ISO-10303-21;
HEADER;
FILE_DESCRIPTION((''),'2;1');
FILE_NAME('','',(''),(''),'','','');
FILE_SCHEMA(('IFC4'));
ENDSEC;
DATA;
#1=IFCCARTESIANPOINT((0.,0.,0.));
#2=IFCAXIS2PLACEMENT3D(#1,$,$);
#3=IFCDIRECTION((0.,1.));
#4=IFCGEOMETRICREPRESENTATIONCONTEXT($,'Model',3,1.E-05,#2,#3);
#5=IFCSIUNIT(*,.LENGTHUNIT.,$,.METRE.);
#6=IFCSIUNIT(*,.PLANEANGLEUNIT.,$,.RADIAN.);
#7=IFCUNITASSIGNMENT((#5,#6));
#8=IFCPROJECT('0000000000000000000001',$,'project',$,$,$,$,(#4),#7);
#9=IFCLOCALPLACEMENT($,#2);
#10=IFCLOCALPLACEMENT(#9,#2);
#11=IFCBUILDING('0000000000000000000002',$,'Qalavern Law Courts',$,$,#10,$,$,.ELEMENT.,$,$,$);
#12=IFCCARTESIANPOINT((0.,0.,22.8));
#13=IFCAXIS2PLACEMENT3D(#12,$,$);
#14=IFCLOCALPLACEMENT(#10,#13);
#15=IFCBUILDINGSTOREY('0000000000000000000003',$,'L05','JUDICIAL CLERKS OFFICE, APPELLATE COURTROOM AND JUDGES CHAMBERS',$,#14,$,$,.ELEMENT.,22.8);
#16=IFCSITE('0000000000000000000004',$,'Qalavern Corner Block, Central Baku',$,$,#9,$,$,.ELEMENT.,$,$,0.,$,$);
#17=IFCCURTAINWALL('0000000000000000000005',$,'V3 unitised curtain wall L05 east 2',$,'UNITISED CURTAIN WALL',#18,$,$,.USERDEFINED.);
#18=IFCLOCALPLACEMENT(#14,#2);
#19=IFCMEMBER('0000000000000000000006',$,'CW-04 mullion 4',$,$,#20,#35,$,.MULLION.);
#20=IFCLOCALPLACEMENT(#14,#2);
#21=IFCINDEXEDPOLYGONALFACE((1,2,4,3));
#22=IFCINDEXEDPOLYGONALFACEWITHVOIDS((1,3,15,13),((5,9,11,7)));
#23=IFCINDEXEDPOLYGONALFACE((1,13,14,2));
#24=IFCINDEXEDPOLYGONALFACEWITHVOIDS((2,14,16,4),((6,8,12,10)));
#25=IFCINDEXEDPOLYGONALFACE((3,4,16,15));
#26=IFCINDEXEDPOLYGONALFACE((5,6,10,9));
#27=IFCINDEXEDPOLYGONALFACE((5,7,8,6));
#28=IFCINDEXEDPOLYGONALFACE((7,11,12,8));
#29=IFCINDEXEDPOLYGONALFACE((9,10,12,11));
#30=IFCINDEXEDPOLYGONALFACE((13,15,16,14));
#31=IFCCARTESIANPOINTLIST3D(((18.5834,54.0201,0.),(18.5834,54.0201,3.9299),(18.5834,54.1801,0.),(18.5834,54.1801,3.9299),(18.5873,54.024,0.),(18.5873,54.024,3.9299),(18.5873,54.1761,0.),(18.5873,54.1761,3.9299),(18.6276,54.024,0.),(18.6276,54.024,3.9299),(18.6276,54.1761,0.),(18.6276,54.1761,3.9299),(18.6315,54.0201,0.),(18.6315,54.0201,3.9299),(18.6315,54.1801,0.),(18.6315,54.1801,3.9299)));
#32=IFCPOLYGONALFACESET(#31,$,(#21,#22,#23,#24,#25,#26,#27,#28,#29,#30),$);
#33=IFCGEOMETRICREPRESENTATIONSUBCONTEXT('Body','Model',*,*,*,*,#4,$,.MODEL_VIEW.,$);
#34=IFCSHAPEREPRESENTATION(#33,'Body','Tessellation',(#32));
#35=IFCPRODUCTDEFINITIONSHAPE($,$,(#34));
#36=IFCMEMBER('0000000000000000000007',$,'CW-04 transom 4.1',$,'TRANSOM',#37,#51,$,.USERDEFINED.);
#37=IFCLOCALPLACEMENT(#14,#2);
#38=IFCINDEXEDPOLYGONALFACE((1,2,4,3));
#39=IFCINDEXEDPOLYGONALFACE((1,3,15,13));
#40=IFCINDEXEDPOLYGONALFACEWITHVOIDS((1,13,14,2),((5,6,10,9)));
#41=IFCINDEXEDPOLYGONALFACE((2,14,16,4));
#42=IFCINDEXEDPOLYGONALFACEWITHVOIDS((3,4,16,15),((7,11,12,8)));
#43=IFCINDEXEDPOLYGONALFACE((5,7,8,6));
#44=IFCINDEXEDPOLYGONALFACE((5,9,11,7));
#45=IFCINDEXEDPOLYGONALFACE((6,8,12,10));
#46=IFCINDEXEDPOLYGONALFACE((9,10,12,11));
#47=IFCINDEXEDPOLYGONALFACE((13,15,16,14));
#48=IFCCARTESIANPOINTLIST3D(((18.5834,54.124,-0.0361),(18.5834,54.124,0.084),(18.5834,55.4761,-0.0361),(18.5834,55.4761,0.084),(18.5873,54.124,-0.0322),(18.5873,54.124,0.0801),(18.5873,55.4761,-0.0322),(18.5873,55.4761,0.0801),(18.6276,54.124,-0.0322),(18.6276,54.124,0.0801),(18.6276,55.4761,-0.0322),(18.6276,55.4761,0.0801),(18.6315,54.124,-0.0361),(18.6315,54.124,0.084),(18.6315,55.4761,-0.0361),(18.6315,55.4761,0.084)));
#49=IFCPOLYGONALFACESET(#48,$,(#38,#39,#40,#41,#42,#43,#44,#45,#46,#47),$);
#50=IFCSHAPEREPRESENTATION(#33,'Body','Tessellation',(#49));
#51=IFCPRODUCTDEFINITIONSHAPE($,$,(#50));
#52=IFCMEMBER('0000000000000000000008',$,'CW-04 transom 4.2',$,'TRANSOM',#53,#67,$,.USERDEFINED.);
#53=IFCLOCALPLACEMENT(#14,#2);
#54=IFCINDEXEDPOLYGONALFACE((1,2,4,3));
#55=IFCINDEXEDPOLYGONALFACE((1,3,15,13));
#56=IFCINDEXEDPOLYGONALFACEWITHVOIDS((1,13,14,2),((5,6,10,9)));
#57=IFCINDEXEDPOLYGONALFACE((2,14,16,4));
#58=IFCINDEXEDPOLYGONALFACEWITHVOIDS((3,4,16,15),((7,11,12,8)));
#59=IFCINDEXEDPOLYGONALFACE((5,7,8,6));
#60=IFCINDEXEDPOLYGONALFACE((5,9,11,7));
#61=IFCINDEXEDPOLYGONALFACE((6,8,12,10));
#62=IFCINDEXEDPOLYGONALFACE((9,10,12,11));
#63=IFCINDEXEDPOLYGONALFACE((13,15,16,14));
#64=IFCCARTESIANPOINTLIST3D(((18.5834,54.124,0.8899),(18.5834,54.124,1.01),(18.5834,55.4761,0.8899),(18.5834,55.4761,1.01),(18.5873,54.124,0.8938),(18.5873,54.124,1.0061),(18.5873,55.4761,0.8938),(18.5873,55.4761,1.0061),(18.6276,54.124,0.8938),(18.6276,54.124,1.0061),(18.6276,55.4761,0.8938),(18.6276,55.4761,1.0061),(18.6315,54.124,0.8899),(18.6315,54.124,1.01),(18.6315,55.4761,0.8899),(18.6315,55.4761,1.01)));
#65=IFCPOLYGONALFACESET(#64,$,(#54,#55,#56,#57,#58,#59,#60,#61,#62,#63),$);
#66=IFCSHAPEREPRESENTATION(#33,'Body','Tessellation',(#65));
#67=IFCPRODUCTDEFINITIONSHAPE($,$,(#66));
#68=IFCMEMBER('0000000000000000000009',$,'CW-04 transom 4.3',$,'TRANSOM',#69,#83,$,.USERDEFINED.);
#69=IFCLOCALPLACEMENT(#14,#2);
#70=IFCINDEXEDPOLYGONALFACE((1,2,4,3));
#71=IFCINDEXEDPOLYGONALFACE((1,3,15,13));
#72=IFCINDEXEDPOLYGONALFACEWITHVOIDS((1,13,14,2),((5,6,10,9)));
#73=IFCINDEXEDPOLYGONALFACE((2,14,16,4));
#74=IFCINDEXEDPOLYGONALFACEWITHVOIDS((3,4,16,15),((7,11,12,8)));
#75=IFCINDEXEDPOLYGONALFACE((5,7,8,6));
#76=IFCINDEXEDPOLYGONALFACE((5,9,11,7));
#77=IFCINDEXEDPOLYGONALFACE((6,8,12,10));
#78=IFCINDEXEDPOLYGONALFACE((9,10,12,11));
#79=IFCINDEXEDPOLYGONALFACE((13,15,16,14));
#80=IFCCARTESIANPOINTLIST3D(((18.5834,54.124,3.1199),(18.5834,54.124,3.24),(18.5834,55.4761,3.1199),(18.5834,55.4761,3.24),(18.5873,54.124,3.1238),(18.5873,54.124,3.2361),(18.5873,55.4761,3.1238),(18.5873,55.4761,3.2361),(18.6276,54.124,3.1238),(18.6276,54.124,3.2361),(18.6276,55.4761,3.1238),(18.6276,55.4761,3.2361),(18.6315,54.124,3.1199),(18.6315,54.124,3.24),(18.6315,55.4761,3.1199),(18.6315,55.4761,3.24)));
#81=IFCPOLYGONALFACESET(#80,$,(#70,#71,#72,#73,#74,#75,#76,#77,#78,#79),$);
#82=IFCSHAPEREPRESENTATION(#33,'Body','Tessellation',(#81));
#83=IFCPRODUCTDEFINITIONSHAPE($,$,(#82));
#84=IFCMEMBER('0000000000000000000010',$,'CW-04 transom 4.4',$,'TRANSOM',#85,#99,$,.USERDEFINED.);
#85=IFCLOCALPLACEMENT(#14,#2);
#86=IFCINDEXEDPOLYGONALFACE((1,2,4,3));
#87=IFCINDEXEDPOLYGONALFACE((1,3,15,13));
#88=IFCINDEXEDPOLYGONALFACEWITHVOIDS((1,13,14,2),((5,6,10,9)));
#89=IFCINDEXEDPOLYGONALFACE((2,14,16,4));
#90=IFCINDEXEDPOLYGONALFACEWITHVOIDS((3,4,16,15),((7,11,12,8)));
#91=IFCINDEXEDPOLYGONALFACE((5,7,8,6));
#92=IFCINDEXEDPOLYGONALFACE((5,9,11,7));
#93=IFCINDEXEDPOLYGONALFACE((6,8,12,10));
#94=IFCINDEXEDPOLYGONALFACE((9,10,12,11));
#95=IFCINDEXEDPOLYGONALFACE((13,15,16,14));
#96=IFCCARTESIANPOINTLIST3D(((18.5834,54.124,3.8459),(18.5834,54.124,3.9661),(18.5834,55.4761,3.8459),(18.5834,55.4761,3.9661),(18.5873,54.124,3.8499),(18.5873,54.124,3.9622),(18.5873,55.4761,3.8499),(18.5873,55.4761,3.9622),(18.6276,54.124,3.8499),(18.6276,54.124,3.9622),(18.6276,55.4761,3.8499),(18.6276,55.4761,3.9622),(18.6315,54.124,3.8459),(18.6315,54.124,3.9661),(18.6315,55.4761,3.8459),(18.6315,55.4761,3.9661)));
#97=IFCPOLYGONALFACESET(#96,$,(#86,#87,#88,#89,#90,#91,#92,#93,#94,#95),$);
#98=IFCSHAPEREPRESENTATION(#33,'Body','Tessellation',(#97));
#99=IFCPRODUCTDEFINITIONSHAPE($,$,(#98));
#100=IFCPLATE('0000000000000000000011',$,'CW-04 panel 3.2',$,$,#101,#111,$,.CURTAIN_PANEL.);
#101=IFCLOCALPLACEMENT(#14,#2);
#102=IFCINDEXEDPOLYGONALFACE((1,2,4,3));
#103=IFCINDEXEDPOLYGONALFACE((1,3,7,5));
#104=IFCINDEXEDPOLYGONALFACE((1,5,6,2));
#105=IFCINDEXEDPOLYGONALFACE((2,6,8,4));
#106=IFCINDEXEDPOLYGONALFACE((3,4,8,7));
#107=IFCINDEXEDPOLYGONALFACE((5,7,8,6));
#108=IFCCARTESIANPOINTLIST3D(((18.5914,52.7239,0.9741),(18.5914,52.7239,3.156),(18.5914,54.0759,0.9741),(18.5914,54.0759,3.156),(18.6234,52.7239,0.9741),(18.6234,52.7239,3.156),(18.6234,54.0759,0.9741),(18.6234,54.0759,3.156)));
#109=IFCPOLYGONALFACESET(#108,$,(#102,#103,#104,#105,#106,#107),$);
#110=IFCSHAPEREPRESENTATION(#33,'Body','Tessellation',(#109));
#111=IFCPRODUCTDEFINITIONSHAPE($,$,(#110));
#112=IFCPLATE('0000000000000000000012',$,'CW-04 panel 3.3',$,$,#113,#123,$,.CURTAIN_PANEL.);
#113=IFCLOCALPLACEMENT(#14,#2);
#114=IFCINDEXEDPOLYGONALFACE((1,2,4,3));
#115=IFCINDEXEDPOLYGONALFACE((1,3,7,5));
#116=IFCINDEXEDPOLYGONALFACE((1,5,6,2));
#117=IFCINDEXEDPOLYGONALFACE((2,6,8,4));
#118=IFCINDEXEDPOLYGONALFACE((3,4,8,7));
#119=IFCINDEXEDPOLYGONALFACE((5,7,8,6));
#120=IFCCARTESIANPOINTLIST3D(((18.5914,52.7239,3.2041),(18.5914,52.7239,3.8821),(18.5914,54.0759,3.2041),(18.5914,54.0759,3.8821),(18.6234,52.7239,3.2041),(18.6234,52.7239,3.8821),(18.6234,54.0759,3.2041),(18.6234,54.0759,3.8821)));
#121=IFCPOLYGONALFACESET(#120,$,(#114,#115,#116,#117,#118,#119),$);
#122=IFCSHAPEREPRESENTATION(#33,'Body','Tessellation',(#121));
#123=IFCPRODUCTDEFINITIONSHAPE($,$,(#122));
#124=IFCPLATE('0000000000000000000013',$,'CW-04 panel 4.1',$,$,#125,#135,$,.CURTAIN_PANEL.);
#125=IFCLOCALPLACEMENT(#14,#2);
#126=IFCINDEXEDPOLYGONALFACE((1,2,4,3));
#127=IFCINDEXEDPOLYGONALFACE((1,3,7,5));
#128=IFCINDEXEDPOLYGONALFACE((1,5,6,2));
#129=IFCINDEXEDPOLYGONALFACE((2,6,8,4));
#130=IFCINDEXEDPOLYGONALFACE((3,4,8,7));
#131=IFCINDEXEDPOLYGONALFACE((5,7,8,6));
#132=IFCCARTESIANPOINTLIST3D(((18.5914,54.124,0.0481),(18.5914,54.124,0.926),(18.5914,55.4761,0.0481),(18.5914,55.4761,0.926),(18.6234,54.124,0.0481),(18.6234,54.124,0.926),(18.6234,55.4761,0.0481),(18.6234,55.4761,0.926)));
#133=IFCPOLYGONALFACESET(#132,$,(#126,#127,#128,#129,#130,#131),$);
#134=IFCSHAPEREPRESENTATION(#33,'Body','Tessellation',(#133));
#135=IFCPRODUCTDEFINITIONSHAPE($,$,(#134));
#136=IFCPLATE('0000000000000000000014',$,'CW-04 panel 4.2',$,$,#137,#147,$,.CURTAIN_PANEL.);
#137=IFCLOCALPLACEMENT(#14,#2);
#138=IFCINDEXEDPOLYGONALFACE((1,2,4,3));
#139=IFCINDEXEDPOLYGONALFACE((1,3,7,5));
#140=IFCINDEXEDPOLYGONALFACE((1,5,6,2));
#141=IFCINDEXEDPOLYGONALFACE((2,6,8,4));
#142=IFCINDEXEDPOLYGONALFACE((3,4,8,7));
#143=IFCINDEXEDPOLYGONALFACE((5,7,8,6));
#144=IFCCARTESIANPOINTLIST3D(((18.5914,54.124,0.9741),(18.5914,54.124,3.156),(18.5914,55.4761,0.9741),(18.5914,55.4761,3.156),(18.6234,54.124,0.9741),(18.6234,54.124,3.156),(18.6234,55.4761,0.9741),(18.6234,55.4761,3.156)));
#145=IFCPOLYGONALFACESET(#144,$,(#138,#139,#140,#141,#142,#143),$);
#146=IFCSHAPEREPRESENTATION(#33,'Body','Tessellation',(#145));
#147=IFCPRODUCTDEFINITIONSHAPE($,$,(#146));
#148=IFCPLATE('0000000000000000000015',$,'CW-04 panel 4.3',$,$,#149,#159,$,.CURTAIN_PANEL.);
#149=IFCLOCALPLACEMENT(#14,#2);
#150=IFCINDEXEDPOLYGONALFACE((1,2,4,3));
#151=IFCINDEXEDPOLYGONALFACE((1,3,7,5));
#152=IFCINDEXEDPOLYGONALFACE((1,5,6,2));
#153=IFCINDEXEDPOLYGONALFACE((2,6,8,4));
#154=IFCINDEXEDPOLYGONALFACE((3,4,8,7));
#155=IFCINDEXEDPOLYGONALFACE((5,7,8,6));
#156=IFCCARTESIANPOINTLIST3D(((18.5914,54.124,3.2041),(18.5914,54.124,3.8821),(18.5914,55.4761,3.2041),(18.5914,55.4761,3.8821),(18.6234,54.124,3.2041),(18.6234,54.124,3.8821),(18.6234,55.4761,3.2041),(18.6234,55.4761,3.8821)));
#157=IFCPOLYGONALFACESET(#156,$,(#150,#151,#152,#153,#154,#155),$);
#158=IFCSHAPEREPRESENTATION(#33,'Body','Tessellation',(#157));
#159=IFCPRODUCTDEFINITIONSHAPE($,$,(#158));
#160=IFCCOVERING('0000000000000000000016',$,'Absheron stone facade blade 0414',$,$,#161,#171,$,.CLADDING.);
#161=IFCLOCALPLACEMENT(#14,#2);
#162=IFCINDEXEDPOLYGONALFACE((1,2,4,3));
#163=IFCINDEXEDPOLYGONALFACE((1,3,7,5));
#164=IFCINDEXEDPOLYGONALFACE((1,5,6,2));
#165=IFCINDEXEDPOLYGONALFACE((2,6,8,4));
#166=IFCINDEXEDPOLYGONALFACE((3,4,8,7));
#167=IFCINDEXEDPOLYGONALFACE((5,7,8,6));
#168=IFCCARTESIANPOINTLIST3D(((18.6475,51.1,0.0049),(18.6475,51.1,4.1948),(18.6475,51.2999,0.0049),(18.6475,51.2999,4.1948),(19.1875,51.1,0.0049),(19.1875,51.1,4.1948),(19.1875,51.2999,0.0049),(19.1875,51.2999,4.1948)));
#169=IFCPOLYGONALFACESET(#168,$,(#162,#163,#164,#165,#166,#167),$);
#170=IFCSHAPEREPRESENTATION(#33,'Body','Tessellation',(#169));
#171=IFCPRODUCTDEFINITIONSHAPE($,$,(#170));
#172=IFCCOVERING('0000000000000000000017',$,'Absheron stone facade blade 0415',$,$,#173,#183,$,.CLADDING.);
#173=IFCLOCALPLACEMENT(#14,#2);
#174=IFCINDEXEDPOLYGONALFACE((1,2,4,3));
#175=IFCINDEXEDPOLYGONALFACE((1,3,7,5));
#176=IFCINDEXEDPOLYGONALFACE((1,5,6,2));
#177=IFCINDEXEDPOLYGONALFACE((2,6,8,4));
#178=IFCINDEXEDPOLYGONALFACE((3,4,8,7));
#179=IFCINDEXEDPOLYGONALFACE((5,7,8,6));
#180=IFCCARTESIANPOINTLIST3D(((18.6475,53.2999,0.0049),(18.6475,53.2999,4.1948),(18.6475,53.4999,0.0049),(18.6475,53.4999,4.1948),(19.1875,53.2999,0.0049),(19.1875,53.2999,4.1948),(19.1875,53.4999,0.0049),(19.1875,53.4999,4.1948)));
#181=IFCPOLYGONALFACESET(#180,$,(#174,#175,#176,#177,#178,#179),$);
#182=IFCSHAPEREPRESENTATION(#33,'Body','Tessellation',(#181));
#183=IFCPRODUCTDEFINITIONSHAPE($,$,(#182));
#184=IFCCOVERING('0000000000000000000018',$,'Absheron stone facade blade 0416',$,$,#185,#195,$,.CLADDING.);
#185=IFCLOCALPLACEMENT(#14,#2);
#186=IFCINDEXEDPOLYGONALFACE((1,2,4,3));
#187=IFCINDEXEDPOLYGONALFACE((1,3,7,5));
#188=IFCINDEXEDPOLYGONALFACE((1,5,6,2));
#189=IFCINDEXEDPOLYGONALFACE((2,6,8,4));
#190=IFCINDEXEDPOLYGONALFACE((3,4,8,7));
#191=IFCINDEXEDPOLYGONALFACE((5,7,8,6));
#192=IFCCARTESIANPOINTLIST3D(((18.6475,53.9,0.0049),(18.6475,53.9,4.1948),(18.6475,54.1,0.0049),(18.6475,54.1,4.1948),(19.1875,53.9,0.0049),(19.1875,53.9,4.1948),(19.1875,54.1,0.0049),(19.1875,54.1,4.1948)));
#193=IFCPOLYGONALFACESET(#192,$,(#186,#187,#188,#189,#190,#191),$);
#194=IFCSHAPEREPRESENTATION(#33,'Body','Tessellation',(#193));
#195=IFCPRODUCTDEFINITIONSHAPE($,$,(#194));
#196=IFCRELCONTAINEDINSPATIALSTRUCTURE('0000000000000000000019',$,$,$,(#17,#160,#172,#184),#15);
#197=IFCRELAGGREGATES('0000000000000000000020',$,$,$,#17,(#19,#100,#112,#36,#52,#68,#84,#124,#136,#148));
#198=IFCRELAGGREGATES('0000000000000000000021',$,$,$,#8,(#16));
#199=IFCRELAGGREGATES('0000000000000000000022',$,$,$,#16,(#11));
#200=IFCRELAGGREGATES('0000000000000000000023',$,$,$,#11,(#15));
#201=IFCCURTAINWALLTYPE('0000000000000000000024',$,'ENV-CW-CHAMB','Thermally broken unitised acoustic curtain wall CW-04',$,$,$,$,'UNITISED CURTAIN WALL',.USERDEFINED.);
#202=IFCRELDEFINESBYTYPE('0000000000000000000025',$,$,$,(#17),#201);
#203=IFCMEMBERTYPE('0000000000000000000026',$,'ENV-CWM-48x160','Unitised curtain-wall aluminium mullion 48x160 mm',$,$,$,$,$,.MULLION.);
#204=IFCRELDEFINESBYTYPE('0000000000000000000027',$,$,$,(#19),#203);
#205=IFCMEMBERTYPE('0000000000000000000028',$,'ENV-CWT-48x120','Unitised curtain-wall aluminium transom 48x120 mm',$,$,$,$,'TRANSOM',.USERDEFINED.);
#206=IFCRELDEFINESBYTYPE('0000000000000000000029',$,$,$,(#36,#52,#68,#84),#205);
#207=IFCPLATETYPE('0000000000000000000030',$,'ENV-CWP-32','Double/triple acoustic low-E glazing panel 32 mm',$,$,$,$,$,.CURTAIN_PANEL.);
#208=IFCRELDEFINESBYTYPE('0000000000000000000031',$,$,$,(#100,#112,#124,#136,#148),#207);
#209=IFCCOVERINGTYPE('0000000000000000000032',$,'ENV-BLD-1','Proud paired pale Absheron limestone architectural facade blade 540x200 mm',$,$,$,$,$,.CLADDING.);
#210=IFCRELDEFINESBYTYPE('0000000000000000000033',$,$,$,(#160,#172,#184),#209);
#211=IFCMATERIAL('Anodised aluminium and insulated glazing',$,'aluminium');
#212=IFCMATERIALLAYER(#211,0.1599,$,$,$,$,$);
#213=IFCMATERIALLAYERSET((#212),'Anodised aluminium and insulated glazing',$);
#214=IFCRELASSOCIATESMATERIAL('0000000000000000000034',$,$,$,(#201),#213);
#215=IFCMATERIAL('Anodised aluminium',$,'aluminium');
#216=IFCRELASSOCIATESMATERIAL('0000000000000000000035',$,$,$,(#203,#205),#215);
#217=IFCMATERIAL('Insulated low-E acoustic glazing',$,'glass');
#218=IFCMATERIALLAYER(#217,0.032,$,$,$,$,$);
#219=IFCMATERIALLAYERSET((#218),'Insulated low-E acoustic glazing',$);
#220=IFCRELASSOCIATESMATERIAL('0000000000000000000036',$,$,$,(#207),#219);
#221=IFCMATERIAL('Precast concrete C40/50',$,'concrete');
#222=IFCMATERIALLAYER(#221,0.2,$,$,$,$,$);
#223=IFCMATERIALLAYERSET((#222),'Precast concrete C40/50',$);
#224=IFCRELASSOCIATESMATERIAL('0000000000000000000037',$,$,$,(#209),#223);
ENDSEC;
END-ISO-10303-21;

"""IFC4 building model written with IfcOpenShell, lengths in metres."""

from ifc_helpers import new_model, si_unit, direction, frame, origin, origin_2d, place, context, subcontext, project, spatial, rectangle, hollow_rectangle, extrude, material, layer, layer_set, material_profile, profile_set, type_object, element, aggregate, save


model = new_model("IFC4")

# Units and contexts
model_context = context("Model", 3, precision=1e-05, world=origin(), true_north=direction((0.0, 1.0)))
body_context = subcontext(model_context, "Body", "Model", "MODEL_VIEW")
ifc_project = project(units=[si_unit("LENGTHUNIT", "METRE"), si_unit("PLANEANGLEUNIT", "RADIAN")], contexts=[model_context])

# Site, building, storey
site_placement = place(None, origin())
site = spatial("IfcSite", under=ifc_project, at=site_placement, Name="Qalavern Corner Block, Central Baku", CompositionType="ELEMENT", RefElevation=0.0)
building_placement = place(site_placement, origin())
building = spatial("IfcBuilding", under=site, at=building_placement, Name="Qalavern Law Courts", CompositionType="ELEMENT")
storey_placement = place(building_placement, frame((0.0, 0.0, 22.8)))
storey = spatial("IfcBuildingStorey", under=building, at=storey_placement, Name="L05", Description="JUDICIAL CLERKS OFFICE, APPELLATE COURTROOM AND JUDGES CHAMBERS", CompositionType="ELEMENT", Elevation=22.8)

# Curtain wall, members, plates
ifc_material_1 = material(Name="Anodised aluminium and insulated glazing", Category="aluminium")
ifc_layer_1 = layer(ifc_material_1, 0.1599)
ifc_layer_set_1 = layer_set([ifc_layer_1], Name="Anodised aluminium and insulated glazing")
curtain_wall_type = type_object("IfcCurtainWallType", Name="ENV-CW-CHAMB", Description="Thermally broken unitised acoustic curtain wall CW-04", ElementType="UNITISED CURTAIN WALL", PredefinedType="USERDEFINED", material=ifc_layer_set_1)
curtain_wall_placement = place(storey_placement, origin())
curtain_wall = element("IfcCurtainWall", 1, at=curtain_wall_placement, inside=storey, type_object=curtain_wall_type, Name="V3 unitised curtain wall L05 east 2", ObjectType="UNITISED CURTAIN WALL", PredefinedType="USERDEFINED")
ifc_material_2 = material(Name="Anodised aluminium", Category="aluminium")
ifc_material_profile_1 = material_profile(ifc_material_2, hollow_rectangle(XDim=0.0481, YDim=0.1599, WallThickness=0.0039, at=origin_2d()), Name="ALU MULLION 48x160")
ifc_profile_set_1 = profile_set([ifc_material_profile_1], Name="Anodised aluminium")
member_type_1 = type_object("IfcMemberType", Name="ENV-CWM-48x160", Description="Unitised curtain-wall aluminium mullion 48x160 mm", PredefinedType="MULLION", material=ifc_profile_set_1)
member_1_placement = place(storey_placement, frame((18.6074, 54.1001, 0.0), z_axis=(0.0, 0.0, 1.0), x_axis=(-1.0, 0.0, 0.0)))
member_1 = element("IfcMember", 2, at=member_1_placement, type_object=member_type_1, Name="CW-04 mullion 4", PredefinedType="MULLION", context=body_context, shape_type="SweptSolid", body=[
    extrude(hollow_rectangle(XDim=0.0481, YDim=0.1599, WallThickness=0.0039, at=origin_2d()), origin(), (0.0, 0.0, 1.0), 3.9299),
])
ifc_material_profile_2 = material_profile(ifc_material_2, hollow_rectangle(XDim=0.0481, YDim=0.1201, WallThickness=0.0039, at=origin_2d()), Name="ALU TRANSOM 48x120")
ifc_profile_set_2 = profile_set([ifc_material_profile_2], Name="Anodised aluminium")
member_type_2 = type_object("IfcMemberType", Name="ENV-CWT-48x120", Description="Unitised curtain-wall aluminium transom 48x120 mm", ElementType="TRANSOM", PredefinedType="USERDEFINED", material=ifc_profile_set_2)
member_2_placement = place(storey_placement, frame((18.6074, 54.124, 0.0239), z_axis=(0.0, 1.0, 0.0), x_axis=(-1.0, 0.0, 0.0)))
member_2 = element("IfcMember", 3, at=member_2_placement, type_object=member_type_2, Name="CW-04 transom 4.1", ObjectType="TRANSOM", PredefinedType="USERDEFINED", context=body_context, shape_type="SweptSolid", body=[
    extrude(hollow_rectangle(XDim=0.0481, YDim=0.1201, WallThickness=0.0039, at=origin_2d()), origin(), (0.0, 0.0, 1.0), 1.3521),
])
member_3_placement = place(storey_placement, frame((18.6074, 54.124, 0.95), z_axis=(0.0, 1.0, 0.0), x_axis=(-1.0, 0.0, 0.0)))
member_3 = element("IfcMember", 4, at=member_3_placement, type_object=member_type_2, Name="CW-04 transom 4.2", ObjectType="TRANSOM", PredefinedType="USERDEFINED", context=body_context, shape_type="SweptSolid", body=[
    extrude(hollow_rectangle(XDim=0.0481, YDim=0.1201, WallThickness=0.0039, at=origin_2d()), origin(), (0.0, 0.0, 1.0), 1.3521),
])
member_4_placement = place(storey_placement, frame((18.6074, 54.124, 3.1799), z_axis=(0.0, 1.0, 0.0), x_axis=(-1.0, 0.0, 0.0)))
member_4 = element("IfcMember", 5, at=member_4_placement, type_object=member_type_2, Name="CW-04 transom 4.3", ObjectType="TRANSOM", PredefinedType="USERDEFINED", context=body_context, shape_type="SweptSolid", body=[
    extrude(hollow_rectangle(XDim=0.0481, YDim=0.1201, WallThickness=0.0039, at=origin_2d()), origin(), (0.0, 0.0, 1.0), 1.3521),
])
member_5_placement = place(storey_placement, frame((18.6074, 54.124, 3.906), z_axis=(0.0, 1.0, 0.0), x_axis=(-1.0, 0.0, 0.0)))
member_5 = element("IfcMember", 6, at=member_5_placement, type_object=member_type_2, Name="CW-04 transom 4.4", ObjectType="TRANSOM", PredefinedType="USERDEFINED", context=body_context, shape_type="SweptSolid", body=[
    extrude(hollow_rectangle(XDim=0.0481, YDim=0.1201, WallThickness=0.0039, at=origin_2d()), origin(), (0.0, 0.0, 1.0), 1.3521),
])
ifc_material_3 = material(Name="Insulated low-E acoustic glazing", Category="glass")
ifc_layer_2 = layer(ifc_material_3, 0.032)
ifc_layer_set_2 = layer_set([ifc_layer_2], Name="Insulated low-E acoustic glazing")
plate_type = type_object("IfcPlateType", Name="ENV-CWP-32", Description="Double/triple acoustic low-E glazing panel 32 mm", PredefinedType="CURTAIN_PANEL", material=ifc_layer_set_2)
plate_1_placement = place(storey_placement, frame((18.6074, 53.3999, 0.9741), z_axis=(0.0, 0.0, 1.0), x_axis=(0.0, 1.0, 0.0)))
plate_1 = element("IfcPlate", 7, at=plate_1_placement, type_object=plate_type, Name="CW-04 panel 3.2", PredefinedType="CURTAIN_PANEL", context=body_context, shape_type="SweptSolid", body=[
    extrude(rectangle(XDim=1.3521, YDim=0.032, at=origin_2d()), origin(), (0.0, 0.0, 1.0), 2.1819),
])
plate_2_placement = place(storey_placement, frame((18.6074, 53.3999, 3.2041), z_axis=(0.0, 0.0, 1.0), x_axis=(0.0, 1.0, 0.0)))
plate_2 = element("IfcPlate", 8, at=plate_2_placement, type_object=plate_type, Name="CW-04 panel 3.3", PredefinedType="CURTAIN_PANEL", context=body_context, shape_type="SweptSolid", body=[
    extrude(rectangle(XDim=1.3521, YDim=0.032, at=origin_2d()), origin(), (0.0, 0.0, 1.0), 0.678),
])
plate_3_placement = place(storey_placement, frame((18.6074, 54.8, 0.0481), z_axis=(0.0, 0.0, 1.0), x_axis=(0.0, 1.0, 0.0)))
plate_3 = element("IfcPlate", 9, at=plate_3_placement, type_object=plate_type, Name="CW-04 panel 4.1", PredefinedType="CURTAIN_PANEL", context=body_context, shape_type="SweptSolid", body=[
    extrude(rectangle(XDim=1.3521, YDim=0.032, at=origin_2d()), origin(), (0.0, 0.0, 1.0), 0.8779),
])
plate_4_placement = place(storey_placement, frame((18.6074, 54.8, 0.9741), z_axis=(0.0, 0.0, 1.0), x_axis=(0.0, 1.0, 0.0)))
plate_4 = element("IfcPlate", 10, at=plate_4_placement, type_object=plate_type, Name="CW-04 panel 4.2", PredefinedType="CURTAIN_PANEL", context=body_context, shape_type="SweptSolid", body=[
    extrude(rectangle(XDim=1.3521, YDim=0.032, at=origin_2d()), origin(), (0.0, 0.0, 1.0), 2.1819),
])
plate_5_placement = place(storey_placement, frame((18.6074, 54.8, 3.2041), z_axis=(0.0, 0.0, 1.0), x_axis=(0.0, 1.0, 0.0)))
plate_5 = element("IfcPlate", 11, at=plate_5_placement, type_object=plate_type, Name="CW-04 panel 4.3", PredefinedType="CURTAIN_PANEL", context=body_context, shape_type="SweptSolid", body=[
    extrude(rectangle(XDim=1.3521, YDim=0.032, at=origin_2d()), origin(), (0.0, 0.0, 1.0), 0.678),
])
aggregate(curtain_wall, [member_1, plate_1, plate_2, member_2, member_3, member_4, member_5, plate_3, plate_4, plate_5])

# Coverings
ifc_material_4 = material(Name="Precast concrete C40/50", Category="concrete")
ifc_layer_3 = layer(ifc_material_4, 0.2)
ifc_layer_set_3 = layer_set([ifc_layer_3], Name="Precast concrete C40/50")
covering_type = type_object("IfcCoveringType", Name="ENV-BLD-1", Description="Proud paired pale Absheron limestone architectural facade blade 540x200 mm", PredefinedType="CLADDING", material=ifc_layer_set_3)
for number, where, z_axis, x_axis, name in (
    (12, (18.9175, 51.2, 0.0049), (0.0, 0.0, 1.0), (1.0, 0.0, 0.0), "Absheron stone facade blade 0414"),
    (13, (18.9175, 53.3999, 0.0049), (0.0, 0.0, 1.0), (1.0, 0.0, 0.0), "Absheron stone facade blade 0415"),
    (14, (18.9175, 54.0, 0.0049), (0.0, 0.0, 1.0), (1.0, 0.0, 0.0), "Absheron stone facade blade 0416"),
):
    element("IfcCovering", number, at=place(storey_placement, frame(where, z_axis=z_axis, x_axis=x_axis)), inside=storey, type_object=covering_type, Name=name, PredefinedType="CLADDING", context=body_context, shape_type="SweptSolid", body=[
        extrude(rectangle(XDim=0.54, YDim=0.2, at=origin_2d()), origin(), (0.0, 0.0, 1.0), 4.1899),
    ])

save(model, "model.ifc")
